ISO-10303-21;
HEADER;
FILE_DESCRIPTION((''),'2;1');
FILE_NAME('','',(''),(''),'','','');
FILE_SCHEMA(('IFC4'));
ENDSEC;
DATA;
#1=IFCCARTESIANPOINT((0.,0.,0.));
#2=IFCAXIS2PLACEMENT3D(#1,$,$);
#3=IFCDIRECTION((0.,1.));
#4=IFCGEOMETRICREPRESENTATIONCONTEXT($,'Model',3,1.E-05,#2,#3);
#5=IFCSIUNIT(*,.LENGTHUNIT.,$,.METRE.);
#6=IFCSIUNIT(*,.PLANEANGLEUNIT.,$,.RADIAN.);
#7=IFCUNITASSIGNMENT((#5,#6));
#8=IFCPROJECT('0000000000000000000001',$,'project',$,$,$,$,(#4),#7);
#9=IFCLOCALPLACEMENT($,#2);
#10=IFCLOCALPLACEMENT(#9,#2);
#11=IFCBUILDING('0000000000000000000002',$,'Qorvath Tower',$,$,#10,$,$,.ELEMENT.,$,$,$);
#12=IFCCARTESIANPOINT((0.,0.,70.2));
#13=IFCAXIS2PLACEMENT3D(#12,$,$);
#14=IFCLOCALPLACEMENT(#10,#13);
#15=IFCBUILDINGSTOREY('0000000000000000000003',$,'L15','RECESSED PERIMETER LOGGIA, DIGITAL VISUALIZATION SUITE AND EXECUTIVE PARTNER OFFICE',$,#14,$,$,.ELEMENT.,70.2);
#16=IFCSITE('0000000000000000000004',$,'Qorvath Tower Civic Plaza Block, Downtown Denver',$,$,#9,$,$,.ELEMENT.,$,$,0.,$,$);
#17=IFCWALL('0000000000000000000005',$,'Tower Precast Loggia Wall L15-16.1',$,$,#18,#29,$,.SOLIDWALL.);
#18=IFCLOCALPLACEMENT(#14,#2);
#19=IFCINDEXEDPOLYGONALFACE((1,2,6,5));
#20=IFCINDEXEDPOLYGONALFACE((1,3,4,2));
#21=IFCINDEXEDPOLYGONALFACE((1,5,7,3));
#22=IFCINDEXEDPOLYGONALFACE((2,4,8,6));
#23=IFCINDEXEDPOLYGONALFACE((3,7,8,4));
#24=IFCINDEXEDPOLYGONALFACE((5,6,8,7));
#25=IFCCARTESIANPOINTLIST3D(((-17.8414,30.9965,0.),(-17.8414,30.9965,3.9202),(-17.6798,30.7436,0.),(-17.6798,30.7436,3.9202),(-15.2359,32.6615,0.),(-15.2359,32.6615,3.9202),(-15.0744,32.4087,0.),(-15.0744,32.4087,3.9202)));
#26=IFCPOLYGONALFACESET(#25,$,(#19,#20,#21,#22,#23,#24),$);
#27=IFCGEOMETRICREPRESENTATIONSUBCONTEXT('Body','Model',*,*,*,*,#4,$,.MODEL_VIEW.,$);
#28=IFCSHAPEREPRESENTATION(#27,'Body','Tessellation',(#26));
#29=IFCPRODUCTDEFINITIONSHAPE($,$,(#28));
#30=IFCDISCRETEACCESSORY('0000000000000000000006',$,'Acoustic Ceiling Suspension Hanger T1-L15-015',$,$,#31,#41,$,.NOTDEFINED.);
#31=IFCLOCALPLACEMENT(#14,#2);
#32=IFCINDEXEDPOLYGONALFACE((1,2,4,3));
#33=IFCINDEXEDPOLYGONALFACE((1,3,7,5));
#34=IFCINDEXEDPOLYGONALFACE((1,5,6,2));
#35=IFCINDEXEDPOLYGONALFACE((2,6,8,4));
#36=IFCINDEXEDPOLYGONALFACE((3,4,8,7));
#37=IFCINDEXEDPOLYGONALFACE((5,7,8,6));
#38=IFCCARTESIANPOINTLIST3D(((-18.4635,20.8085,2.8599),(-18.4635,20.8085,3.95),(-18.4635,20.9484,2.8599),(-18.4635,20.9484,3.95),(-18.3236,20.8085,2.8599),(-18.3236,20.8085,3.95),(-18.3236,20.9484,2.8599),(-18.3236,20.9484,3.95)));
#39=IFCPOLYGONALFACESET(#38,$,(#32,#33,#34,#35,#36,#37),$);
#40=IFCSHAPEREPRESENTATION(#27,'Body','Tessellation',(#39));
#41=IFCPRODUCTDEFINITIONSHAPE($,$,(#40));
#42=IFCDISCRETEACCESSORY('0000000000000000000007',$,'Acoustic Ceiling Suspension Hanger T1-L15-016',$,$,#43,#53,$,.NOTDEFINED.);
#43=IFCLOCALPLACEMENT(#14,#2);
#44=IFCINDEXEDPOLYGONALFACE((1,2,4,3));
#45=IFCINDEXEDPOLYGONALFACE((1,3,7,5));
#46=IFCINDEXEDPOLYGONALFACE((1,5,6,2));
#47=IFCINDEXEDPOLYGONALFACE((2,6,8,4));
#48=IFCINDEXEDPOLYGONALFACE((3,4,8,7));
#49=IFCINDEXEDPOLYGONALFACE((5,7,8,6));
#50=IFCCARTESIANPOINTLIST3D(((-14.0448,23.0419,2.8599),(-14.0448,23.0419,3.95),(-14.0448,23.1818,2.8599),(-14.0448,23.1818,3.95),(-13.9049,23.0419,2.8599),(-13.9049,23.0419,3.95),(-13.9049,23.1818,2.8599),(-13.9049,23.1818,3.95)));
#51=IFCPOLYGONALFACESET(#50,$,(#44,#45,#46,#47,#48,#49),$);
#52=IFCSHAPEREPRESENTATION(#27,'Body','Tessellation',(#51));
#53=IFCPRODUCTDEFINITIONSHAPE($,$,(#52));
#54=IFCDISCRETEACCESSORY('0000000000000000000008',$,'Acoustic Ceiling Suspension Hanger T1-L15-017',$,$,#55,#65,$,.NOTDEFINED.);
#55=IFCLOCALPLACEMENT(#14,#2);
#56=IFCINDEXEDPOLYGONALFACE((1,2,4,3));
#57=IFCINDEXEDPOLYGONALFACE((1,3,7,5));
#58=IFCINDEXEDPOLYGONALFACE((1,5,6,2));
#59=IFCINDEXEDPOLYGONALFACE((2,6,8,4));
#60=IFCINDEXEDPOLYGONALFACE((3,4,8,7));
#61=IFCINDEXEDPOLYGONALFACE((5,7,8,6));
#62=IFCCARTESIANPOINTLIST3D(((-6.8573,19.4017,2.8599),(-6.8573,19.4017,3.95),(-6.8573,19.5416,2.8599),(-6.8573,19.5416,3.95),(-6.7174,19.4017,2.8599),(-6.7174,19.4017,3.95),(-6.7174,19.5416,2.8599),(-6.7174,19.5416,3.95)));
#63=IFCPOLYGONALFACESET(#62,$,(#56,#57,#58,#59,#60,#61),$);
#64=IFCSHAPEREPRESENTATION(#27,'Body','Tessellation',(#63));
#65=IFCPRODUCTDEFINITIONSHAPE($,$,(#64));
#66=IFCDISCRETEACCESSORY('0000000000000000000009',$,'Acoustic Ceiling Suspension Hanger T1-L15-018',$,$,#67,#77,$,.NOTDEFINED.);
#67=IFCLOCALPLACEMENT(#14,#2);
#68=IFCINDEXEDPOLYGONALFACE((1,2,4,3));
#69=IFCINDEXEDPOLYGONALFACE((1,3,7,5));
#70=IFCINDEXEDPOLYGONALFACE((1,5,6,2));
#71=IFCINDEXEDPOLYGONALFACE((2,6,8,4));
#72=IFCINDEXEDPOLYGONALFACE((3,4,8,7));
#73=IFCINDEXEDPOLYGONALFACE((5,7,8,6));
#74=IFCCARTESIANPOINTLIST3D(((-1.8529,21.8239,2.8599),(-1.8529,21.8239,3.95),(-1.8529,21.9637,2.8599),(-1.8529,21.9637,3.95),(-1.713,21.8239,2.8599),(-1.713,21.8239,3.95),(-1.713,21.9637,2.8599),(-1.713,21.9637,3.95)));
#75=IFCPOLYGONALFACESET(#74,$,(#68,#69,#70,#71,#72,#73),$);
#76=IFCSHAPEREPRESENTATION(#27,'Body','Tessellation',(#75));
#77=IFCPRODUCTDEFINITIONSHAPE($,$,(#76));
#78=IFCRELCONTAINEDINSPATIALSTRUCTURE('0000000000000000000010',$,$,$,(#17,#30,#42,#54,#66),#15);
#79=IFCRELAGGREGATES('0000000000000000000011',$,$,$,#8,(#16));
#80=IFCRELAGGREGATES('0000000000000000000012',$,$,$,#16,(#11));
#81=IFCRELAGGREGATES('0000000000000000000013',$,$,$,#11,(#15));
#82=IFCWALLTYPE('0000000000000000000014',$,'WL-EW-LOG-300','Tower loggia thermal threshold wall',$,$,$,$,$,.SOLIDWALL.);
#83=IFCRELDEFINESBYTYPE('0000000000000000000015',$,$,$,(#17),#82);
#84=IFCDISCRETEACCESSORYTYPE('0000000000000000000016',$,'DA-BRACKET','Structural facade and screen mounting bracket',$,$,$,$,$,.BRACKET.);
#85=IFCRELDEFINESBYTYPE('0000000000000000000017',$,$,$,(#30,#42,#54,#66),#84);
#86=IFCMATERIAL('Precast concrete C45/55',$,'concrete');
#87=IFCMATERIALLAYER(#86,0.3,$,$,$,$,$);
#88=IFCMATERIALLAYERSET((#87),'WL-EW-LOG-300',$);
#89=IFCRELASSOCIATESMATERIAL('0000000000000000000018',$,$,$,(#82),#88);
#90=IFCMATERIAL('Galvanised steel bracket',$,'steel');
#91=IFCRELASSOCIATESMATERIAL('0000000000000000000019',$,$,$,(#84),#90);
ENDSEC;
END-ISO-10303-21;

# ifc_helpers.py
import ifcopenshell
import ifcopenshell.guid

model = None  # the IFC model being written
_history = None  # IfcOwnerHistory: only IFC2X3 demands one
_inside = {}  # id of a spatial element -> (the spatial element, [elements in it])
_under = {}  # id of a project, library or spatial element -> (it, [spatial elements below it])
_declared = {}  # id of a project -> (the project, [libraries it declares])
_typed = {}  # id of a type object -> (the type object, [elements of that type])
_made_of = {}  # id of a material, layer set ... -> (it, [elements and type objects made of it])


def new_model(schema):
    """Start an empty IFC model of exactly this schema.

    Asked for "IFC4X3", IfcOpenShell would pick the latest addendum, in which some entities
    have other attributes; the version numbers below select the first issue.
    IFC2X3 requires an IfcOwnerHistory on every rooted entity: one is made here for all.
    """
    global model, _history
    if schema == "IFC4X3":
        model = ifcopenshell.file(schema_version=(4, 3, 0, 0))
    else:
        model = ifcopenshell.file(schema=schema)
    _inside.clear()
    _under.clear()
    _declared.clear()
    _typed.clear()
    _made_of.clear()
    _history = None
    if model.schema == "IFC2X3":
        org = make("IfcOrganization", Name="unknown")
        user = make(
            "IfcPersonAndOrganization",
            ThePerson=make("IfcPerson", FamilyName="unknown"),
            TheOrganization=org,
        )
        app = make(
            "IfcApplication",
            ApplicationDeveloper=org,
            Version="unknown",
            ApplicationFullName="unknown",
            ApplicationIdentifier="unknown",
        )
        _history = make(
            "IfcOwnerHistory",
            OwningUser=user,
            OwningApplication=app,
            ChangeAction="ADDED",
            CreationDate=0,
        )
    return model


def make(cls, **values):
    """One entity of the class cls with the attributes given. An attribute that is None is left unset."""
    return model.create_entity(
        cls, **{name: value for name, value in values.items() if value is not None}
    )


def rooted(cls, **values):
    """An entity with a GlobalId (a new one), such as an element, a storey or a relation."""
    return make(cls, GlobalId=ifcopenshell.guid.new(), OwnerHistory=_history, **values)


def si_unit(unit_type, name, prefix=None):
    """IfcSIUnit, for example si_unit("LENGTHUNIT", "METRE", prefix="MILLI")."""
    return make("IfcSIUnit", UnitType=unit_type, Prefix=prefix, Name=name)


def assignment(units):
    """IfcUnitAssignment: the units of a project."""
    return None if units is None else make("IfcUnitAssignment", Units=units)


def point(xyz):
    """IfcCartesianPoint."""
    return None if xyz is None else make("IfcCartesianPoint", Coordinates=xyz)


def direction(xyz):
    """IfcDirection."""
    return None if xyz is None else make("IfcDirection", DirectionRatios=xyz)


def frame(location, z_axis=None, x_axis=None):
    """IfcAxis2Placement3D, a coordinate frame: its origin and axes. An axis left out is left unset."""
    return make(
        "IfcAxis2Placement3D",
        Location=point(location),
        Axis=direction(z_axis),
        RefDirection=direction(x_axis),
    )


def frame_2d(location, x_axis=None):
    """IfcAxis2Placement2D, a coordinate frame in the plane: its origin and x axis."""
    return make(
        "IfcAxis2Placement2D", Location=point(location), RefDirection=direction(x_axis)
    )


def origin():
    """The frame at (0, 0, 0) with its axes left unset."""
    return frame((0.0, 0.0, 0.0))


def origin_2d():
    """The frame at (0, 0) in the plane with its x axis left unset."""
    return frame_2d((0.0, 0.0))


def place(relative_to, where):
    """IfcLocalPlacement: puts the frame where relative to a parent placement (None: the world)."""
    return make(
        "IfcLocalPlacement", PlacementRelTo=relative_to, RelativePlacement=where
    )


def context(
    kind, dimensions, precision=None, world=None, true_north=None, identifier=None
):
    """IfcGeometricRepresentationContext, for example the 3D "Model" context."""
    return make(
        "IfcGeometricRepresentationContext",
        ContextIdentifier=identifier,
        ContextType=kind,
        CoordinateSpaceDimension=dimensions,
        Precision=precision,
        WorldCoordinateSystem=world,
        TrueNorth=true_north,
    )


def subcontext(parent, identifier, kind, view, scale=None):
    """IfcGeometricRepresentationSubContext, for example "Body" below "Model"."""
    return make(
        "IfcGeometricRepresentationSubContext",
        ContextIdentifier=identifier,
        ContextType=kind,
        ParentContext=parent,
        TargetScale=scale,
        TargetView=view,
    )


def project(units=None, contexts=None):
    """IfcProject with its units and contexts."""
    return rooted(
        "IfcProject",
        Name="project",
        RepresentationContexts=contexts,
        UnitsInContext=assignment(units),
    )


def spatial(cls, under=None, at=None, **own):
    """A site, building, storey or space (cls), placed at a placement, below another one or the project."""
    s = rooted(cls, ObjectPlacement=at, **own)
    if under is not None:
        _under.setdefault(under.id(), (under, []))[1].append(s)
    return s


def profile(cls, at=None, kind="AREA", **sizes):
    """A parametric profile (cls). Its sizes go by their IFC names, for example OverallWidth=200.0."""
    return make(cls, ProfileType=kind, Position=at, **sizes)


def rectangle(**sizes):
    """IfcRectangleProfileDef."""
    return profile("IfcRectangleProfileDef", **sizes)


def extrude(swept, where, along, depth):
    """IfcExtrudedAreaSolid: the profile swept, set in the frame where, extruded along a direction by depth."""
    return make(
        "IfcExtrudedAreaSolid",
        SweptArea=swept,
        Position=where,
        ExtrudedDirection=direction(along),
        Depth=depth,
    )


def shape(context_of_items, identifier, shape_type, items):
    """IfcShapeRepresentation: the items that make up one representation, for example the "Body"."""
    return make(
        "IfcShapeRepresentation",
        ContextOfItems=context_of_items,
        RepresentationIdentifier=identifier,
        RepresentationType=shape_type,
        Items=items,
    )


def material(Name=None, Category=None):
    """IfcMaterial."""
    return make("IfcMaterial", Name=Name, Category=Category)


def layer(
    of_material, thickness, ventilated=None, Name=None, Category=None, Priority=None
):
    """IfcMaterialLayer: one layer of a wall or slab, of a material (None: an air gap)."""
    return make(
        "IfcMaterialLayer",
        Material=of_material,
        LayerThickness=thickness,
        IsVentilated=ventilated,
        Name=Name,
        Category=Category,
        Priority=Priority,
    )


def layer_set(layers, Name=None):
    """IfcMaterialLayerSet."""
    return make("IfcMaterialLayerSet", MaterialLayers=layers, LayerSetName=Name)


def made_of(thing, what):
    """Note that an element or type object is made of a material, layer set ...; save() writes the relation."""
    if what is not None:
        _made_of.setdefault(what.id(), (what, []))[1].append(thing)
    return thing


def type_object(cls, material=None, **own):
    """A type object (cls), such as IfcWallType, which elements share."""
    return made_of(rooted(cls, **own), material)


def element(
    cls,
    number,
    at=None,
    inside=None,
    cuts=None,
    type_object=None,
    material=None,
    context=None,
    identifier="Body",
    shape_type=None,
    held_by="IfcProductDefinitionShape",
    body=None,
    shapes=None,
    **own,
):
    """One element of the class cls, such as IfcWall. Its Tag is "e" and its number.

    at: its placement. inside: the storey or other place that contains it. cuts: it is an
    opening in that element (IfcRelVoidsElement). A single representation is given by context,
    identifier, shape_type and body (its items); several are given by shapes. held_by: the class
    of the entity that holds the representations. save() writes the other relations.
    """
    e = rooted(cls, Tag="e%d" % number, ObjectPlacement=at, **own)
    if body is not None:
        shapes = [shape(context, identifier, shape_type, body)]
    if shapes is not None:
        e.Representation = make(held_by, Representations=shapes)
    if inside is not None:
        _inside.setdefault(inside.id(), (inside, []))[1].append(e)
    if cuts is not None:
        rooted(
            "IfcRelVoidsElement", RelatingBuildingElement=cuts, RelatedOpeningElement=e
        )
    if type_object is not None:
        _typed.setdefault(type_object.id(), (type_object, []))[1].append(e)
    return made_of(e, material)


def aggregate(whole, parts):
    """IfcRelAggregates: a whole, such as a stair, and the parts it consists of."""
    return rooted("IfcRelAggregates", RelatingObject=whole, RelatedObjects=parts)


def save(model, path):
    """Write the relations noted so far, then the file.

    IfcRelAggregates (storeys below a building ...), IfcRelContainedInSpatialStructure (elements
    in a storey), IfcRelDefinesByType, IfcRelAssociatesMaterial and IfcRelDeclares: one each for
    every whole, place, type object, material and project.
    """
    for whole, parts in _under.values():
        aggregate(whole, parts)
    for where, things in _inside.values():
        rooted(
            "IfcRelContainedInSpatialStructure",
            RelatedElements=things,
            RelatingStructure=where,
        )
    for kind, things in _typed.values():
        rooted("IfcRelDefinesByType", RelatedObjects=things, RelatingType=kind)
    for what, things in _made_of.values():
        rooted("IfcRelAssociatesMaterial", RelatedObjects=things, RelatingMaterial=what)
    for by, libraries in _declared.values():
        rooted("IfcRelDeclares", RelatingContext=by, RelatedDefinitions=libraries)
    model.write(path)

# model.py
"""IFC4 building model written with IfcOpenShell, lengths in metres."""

from ifc_helpers import new_model, si_unit, direction, frame, frame_2d, origin, origin_2d, place, context, subcontext, project, spatial, rectangle, extrude, material, layer, layer_set, type_object, element, save


model = new_model("IFC4")

# Units and contexts
model_context = context("Model", 3, precision=1e-05, world=origin(), true_north=direction((0.0, 1.0)))
body_context = subcontext(model_context, "Body", "Model", "MODEL_VIEW")
ifc_project = project(units=[si_unit("LENGTHUNIT", "METRE"), si_unit("PLANEANGLEUNIT", "RADIAN")], contexts=[model_context])

# Site, building, storey
site_placement = place(None, origin())
site = spatial("IfcSite", under=ifc_project, at=site_placement, Name="Qorvath Tower Civic Plaza Block, Downtown Denver", CompositionType="ELEMENT", RefElevation=0.0)
building_placement = place(site_placement, origin())
building = spatial("IfcBuilding", under=site, at=building_placement, Name="Qorvath Tower", CompositionType="ELEMENT")
storey_placement = place(building_placement, frame((0.0, 0.0, 70.2)))
storey = spatial("IfcBuildingStorey", under=building, at=storey_placement, Name="L15", Description="RECESSED PERIMETER LOGGIA, DIGITAL VISUALIZATION SUITE AND EXECUTIVE PARTNER OFFICE", CompositionType="ELEMENT", Elevation=70.2)

# Wall
ifc_material_1 = material(Name="Precast concrete C45/55", Category="concrete")
ifc_layer_1 = layer(ifc_material_1, 0.3)
ifc_layer_set_1 = layer_set([ifc_layer_1], Name="WL-EW-LOG-300")
wall_type = type_object("IfcWallType", Name="WL-EW-LOG-300", Description="Tower loggia thermal threshold wall", PredefinedType="SOLIDWALL", material=ifc_layer_set_1)
wall_placement = place(storey_placement, frame((-17.7605, 30.8701, 0.0), z_axis=(0.0, 0.0, 1.0), x_axis=(0.842633, 0.538489, 0.0)))
element("IfcWall", 1, at=wall_placement, inside=storey, type_object=wall_type, Name="Tower Precast Loggia Wall L15-16.1", PredefinedType="SOLIDWALL", context=body_context, shape_type="SweptSolid", body=[
    extrude(rectangle(XDim=3.092, YDim=0.3, at=frame_2d((1.5459, 0.0))), origin(), (0.0, 0.0, 1.0), 3.9202),
])

# Discrete accessories
ifc_material_2 = material(Name="Galvanised steel bracket", Category="steel")
discrete_accessory_type = type_object("IfcDiscreteAccessoryType", Name="DA-BRACKET", Description="Structural facade and screen mounting bracket", PredefinedType="BRACKET", material=ifc_material_2)
for number, where, z_axis, x_axis, name in (
    (2, (-18.3936, 20.8784, 2.8599), (0.0, 0.0, 1.0), (1.0, 0.0, 0.0), "Acoustic Ceiling Suspension Hanger T1-L15-015"),
    (3, (-13.9749, 23.1118, 2.8599), (0.0, 0.0, 1.0), (1.0, 0.0, 0.0), "Acoustic Ceiling Suspension Hanger T1-L15-016"),
    (4, (-6.7874, 19.4717, 2.8599), (0.0, 0.0, 1.0), (1.0, 0.0, 0.0), "Acoustic Ceiling Suspension Hanger T1-L15-017"),
    (5, (-1.783, 21.8938, 2.8599), (0.0, 0.0, 1.0), (1.0, 0.0, 0.0), "Acoustic Ceiling Suspension Hanger T1-L15-018"),
):
    element("IfcDiscreteAccessory", number, at=place(storey_placement, frame(where, z_axis=z_axis, x_axis=x_axis)), inside=storey, type_object=discrete_accessory_type, Name=name, PredefinedType="NOTDEFINED", context=body_context, shape_type="SweptSolid", body=[
        extrude(rectangle(XDim=0.1399, YDim=0.1399, at=origin_2d()), origin(), (0.0, 0.0, 1.0), 1.0901),
    ])

save(model, "model.ifc")
